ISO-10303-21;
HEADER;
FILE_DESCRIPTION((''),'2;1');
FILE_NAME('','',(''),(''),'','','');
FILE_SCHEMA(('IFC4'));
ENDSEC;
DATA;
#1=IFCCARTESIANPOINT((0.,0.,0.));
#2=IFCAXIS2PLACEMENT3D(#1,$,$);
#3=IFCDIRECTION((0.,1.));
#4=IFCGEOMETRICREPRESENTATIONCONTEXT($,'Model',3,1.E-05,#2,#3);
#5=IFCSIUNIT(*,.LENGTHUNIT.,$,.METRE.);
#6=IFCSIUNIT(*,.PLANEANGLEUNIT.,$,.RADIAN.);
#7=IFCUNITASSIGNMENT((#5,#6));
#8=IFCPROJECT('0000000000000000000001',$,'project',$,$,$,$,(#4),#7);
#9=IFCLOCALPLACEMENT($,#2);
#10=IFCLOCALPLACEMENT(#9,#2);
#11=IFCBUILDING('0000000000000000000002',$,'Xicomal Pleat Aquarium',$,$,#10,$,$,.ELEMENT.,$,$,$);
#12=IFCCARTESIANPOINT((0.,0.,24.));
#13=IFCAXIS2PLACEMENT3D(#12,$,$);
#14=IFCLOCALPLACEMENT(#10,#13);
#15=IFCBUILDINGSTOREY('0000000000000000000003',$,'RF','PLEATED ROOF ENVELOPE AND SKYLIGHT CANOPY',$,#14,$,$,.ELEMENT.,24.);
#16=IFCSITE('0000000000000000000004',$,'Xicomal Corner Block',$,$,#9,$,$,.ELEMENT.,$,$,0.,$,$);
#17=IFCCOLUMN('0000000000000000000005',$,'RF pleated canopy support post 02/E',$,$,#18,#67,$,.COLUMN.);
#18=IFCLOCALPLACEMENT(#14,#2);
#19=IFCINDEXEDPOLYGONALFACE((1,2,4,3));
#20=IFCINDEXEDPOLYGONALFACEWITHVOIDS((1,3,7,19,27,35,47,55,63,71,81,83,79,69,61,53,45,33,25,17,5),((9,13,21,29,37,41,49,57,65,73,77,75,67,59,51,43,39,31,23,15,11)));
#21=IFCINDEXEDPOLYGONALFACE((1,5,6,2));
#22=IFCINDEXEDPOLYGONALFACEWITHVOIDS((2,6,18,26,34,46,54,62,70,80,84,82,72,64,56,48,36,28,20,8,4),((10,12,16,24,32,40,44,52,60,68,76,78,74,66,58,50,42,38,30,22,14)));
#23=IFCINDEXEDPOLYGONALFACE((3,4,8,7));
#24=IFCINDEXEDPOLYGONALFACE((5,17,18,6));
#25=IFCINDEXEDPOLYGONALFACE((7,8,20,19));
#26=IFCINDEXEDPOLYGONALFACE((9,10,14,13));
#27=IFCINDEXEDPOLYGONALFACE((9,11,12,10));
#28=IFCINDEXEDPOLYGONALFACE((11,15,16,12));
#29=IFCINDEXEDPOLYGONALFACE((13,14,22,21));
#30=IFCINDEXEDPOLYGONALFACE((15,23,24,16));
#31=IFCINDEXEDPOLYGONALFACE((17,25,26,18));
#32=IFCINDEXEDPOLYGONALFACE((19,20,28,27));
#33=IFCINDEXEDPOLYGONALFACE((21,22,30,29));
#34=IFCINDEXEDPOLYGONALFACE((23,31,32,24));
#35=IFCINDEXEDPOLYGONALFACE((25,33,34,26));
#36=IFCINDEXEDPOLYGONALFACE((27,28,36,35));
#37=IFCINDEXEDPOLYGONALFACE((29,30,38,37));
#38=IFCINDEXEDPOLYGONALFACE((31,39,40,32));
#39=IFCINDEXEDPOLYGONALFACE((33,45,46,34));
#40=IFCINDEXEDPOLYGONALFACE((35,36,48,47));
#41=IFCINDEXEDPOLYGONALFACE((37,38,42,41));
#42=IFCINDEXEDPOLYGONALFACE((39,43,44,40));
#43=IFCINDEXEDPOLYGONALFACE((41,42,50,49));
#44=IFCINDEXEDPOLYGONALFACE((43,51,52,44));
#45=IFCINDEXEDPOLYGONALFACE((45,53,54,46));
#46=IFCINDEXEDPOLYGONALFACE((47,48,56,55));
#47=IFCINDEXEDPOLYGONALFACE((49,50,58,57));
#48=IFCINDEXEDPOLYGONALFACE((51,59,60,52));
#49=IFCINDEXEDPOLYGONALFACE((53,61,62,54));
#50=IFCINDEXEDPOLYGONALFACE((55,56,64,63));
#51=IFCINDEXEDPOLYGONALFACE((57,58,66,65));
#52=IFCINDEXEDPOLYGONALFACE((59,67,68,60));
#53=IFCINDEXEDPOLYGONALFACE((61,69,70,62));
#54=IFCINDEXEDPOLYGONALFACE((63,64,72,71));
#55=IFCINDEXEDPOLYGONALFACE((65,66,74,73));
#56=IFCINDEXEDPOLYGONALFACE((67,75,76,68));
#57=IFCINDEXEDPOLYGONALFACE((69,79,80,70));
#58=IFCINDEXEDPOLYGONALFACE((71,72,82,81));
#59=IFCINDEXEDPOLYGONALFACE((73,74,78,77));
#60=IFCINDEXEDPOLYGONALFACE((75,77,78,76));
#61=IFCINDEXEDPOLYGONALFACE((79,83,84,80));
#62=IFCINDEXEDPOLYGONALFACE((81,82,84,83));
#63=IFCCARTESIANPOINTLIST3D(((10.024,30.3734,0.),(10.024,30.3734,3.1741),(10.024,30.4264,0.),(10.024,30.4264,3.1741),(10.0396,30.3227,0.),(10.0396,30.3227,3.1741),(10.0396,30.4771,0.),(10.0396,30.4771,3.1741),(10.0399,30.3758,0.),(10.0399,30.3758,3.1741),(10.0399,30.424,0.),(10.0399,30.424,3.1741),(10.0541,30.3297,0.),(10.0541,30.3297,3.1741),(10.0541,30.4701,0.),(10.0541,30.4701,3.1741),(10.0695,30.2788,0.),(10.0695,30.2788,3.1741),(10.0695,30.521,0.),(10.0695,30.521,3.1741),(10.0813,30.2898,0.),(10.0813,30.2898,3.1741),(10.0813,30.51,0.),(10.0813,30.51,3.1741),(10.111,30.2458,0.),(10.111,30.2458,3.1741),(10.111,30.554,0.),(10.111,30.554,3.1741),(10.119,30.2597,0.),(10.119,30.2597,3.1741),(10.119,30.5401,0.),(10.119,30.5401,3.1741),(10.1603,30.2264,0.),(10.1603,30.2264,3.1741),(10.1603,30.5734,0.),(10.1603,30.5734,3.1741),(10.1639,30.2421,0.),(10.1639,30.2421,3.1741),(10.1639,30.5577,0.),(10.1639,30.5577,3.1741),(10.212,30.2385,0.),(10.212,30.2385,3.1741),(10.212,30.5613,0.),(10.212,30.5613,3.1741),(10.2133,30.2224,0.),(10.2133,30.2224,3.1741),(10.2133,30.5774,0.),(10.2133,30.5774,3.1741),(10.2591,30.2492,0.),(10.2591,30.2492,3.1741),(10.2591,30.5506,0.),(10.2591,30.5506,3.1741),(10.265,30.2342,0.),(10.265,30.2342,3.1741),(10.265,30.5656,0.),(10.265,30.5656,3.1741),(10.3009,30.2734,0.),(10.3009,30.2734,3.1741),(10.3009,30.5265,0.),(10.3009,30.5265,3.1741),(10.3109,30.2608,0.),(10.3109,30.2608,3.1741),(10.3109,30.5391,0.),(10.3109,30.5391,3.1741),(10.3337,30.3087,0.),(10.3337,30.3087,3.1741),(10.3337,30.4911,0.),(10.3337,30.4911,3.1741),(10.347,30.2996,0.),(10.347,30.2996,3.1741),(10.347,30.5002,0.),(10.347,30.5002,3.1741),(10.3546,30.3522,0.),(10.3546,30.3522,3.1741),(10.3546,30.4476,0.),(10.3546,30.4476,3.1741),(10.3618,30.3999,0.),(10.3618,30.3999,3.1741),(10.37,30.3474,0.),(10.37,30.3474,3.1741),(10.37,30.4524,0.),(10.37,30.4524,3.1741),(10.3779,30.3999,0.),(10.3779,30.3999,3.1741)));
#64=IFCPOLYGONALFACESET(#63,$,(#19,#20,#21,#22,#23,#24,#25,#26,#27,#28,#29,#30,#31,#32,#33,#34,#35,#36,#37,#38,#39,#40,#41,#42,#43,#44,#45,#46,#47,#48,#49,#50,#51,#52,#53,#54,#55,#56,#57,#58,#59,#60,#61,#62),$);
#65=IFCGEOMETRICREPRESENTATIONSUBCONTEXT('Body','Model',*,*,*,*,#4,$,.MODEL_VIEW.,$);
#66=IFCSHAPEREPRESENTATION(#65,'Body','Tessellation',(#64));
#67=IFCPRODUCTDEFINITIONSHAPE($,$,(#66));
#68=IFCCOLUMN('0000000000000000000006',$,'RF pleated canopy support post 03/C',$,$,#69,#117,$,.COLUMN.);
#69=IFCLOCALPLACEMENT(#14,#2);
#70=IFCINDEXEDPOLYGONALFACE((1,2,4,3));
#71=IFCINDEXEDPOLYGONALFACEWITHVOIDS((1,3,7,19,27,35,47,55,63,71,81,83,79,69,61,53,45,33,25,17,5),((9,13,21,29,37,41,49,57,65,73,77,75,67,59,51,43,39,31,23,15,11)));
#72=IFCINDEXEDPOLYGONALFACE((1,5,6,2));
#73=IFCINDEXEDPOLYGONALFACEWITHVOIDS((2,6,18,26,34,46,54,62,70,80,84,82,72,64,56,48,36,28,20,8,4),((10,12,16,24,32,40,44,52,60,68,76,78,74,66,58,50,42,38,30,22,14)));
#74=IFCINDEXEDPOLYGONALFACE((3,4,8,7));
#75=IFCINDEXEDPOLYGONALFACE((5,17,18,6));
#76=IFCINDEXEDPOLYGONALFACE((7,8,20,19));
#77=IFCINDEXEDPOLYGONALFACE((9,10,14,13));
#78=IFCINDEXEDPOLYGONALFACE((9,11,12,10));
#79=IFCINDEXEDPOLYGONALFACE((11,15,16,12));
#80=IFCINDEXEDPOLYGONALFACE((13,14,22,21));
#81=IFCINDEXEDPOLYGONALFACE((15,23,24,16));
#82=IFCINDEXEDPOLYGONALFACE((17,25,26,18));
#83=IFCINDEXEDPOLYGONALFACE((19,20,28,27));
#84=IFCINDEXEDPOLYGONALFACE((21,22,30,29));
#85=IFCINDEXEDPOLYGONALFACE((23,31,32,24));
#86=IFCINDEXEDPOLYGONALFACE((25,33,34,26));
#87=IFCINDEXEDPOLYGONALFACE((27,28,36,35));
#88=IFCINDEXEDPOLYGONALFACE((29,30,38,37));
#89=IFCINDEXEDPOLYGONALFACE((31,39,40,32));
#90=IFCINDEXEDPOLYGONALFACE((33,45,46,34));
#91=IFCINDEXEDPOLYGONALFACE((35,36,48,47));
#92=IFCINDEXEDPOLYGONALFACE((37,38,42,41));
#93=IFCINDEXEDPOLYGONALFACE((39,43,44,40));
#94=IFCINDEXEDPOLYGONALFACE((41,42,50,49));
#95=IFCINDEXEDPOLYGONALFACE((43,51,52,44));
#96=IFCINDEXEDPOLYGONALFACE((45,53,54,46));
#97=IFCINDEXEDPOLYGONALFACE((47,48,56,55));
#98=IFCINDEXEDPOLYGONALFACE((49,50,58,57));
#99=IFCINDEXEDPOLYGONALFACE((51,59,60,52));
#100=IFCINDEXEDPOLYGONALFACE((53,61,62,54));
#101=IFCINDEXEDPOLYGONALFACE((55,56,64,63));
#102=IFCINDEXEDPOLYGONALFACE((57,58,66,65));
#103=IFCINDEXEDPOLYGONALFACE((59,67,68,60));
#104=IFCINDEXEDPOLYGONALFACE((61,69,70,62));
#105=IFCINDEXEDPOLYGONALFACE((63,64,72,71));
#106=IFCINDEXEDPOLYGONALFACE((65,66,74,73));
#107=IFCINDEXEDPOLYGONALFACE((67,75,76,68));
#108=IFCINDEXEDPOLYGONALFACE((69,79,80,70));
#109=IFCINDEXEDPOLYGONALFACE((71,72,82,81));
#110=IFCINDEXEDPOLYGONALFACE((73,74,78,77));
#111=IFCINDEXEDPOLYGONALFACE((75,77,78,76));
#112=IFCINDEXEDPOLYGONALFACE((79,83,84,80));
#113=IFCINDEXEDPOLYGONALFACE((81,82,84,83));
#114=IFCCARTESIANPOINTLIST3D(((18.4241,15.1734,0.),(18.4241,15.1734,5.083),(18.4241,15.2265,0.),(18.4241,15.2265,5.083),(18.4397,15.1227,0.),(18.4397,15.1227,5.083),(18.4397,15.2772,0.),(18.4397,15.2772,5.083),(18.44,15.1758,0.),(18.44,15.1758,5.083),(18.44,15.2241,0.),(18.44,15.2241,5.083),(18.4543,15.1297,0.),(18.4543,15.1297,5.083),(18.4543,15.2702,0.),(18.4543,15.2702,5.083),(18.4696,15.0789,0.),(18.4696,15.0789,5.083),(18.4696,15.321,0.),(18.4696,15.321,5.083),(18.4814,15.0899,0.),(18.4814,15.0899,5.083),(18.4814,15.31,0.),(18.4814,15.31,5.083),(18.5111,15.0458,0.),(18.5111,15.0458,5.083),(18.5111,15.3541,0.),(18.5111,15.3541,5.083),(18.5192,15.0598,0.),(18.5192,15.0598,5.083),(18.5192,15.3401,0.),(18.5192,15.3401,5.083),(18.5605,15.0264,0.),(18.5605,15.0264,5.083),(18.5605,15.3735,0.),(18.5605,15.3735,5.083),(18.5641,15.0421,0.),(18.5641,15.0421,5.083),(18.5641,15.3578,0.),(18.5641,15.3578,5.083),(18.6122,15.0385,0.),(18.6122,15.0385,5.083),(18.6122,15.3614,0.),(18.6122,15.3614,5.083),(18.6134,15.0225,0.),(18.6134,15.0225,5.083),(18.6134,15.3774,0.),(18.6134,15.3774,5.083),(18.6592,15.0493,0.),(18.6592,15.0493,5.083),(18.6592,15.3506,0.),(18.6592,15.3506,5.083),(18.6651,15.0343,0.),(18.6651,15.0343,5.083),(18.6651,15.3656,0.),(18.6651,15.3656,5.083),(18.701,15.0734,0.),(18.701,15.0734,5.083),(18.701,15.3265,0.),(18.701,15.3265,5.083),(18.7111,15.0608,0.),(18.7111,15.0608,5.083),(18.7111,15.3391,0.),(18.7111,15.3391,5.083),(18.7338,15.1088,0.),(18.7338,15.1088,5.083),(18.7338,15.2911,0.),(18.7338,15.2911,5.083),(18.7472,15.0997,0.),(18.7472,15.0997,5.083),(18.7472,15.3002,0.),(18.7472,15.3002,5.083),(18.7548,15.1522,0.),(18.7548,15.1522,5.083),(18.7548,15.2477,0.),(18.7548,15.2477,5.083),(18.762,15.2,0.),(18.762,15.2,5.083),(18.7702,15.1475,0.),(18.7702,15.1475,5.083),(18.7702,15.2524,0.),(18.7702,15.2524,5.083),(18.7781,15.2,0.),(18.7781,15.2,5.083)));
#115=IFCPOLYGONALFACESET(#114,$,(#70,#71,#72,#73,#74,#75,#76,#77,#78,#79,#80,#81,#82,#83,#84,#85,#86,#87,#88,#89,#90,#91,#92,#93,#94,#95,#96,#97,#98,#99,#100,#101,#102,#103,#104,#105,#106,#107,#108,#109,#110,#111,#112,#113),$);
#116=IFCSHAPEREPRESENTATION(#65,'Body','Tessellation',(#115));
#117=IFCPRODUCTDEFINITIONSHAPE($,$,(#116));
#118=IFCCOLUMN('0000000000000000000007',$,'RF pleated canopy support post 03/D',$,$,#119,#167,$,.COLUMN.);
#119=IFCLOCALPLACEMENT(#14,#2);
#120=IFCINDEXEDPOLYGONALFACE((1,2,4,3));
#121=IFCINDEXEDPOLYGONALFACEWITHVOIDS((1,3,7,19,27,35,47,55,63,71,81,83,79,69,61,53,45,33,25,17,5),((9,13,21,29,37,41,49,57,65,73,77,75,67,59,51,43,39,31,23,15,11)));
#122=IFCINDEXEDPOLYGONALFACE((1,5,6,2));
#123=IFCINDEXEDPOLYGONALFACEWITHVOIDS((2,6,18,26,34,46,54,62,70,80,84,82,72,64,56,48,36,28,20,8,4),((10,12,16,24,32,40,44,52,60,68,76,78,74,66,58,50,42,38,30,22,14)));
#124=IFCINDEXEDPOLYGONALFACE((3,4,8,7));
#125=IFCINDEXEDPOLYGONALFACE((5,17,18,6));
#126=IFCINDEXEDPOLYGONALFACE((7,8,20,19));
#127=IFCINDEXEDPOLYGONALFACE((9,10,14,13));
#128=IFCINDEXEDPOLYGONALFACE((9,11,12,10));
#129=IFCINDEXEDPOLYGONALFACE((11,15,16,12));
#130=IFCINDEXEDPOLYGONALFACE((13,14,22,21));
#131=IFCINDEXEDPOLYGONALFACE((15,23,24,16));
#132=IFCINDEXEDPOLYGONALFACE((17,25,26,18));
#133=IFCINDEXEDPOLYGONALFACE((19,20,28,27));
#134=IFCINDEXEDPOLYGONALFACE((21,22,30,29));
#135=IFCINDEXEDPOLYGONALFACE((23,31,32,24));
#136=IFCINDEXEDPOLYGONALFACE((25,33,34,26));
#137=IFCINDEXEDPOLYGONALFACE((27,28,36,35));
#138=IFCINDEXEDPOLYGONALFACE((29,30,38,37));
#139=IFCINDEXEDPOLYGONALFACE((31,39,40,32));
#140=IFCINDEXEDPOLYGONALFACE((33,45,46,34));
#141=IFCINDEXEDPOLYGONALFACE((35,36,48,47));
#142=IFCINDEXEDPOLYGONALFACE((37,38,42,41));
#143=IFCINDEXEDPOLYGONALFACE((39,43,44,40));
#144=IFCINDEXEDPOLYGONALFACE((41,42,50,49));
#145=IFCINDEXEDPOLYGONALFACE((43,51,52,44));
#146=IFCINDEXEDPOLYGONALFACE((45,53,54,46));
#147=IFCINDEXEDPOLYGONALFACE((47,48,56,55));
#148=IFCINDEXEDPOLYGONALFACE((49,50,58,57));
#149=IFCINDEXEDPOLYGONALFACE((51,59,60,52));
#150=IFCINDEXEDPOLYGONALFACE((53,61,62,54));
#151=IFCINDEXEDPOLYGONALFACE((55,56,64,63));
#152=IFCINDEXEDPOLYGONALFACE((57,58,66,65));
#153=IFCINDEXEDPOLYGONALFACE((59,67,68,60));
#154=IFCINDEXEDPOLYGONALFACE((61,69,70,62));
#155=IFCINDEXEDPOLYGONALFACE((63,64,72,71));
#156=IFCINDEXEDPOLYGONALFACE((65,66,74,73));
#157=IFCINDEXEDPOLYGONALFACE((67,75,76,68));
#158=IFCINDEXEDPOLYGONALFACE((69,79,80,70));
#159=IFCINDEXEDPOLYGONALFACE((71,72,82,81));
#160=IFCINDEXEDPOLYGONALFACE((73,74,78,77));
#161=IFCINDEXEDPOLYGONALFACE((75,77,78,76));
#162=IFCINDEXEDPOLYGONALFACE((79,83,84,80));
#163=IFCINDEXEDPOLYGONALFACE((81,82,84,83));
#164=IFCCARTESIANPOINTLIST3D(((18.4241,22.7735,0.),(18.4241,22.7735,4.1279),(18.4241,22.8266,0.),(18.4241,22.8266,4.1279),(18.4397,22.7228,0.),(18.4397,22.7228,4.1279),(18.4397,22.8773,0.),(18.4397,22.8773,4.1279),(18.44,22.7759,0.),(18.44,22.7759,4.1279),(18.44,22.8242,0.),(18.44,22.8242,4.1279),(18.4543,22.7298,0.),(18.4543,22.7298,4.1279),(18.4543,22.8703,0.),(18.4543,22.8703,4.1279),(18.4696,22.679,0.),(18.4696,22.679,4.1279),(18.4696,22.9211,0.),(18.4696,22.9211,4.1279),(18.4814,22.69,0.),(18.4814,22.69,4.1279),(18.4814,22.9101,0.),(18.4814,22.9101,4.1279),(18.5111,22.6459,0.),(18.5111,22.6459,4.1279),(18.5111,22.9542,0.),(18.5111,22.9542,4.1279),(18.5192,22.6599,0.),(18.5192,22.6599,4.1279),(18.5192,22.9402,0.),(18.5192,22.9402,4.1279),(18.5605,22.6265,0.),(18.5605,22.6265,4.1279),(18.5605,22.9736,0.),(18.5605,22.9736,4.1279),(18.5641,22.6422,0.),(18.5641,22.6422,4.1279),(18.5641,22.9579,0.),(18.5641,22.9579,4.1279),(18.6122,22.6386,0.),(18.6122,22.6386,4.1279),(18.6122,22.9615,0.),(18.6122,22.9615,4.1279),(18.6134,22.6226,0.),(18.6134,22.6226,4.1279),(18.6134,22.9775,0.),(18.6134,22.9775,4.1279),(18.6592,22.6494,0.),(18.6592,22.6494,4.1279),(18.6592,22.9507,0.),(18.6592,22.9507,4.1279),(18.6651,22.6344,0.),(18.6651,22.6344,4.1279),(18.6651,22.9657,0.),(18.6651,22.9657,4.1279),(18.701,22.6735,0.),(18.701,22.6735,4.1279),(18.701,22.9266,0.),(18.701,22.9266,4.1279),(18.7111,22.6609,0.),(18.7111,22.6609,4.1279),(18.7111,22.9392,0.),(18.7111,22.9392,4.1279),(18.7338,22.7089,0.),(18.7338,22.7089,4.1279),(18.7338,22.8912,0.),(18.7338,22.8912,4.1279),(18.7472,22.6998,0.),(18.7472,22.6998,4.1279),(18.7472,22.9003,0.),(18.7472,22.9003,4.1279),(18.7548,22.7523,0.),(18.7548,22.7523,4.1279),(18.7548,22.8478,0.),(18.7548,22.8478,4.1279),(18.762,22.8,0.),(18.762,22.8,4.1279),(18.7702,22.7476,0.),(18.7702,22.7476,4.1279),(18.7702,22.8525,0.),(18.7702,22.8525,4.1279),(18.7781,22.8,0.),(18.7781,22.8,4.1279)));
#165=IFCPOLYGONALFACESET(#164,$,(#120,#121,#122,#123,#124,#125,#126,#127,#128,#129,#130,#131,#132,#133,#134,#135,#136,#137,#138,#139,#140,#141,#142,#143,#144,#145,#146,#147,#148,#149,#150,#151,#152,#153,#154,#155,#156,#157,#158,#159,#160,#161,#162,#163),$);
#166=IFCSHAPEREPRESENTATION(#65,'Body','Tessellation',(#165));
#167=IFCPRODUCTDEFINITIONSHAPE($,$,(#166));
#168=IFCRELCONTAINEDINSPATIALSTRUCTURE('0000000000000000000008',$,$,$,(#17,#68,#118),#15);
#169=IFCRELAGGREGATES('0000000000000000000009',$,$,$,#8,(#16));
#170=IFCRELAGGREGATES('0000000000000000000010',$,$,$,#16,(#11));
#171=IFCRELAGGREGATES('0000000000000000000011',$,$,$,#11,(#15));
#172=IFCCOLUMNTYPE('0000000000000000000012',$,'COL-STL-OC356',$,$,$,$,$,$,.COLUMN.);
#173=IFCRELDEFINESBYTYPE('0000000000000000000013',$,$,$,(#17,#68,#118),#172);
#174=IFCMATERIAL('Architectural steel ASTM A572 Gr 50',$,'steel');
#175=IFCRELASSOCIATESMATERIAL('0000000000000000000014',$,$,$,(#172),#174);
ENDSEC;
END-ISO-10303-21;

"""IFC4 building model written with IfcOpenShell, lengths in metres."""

from ifc_helpers import new_model, si_unit, direction, frame, origin, origin_2d, place, context, subcontext, project, spatial, hollow_circle, extrude, material, material_profile, profile_set, type_object, element, save


model = new_model("IFC4")

# Units and contexts
model_context = context("Model", 3, precision=1e-05, world=origin(), true_north=direction((0.0, 1.0)))
body_context = subcontext(model_context, "Body", "Model", "MODEL_VIEW")
ifc_project = project(units=[si_unit("LENGTHUNIT", "METRE"), si_unit("PLANEANGLEUNIT", "RADIAN")], contexts=[model_context])

# Site, building, storey
site_placement = place(None, origin())
site = spatial("IfcSite", under=ifc_project, at=site_placement, Name="Xicomal Corner Block", CompositionType="ELEMENT", RefElevation=0.0)
building_placement = place(site_placement, origin())
building = spatial("IfcBuilding", under=site, at=building_placement, Name="Xicomal Pleat Aquarium", CompositionType="ELEMENT")
storey_placement = place(building_placement, frame((0.0, 0.0, 24.0)))
storey = spatial("IfcBuildingStorey", under=building, at=storey_placement, Name="RF", Description="PLEATED ROOF ENVELOPE AND SKYLIGHT CANOPY", CompositionType="ELEMENT", Elevation=24.0)

# Columns
ifc_material_1 = material(Name="Architectural steel ASTM A572 Gr 50", Category="steel")
ifc_material_profile_1 = material_profile(ifc_material_1, hollow_circle(Radius=0.178, WallThickness=0.0161, at=origin_2d()), Name="OC 356x16")
ifc_profile_set_1 = profile_set([ifc_material_profile_1], Name="Architectural steel ASTM A572 Gr 50")
column_type = type_object("IfcColumnType", Name="COL-STL-OC356", PredefinedType="COLUMN", material=ifc_profile_set_1)
column_1_placement = place(storey_placement, frame((10.2, 30.3999, 0.0), z_axis=(0.0, 0.0, 1.0), x_axis=(1.0, 0.0, 0.0)))
element("IfcColumn", 1, at=column_1_placement, inside=storey, type_object=column_type, Name="RF pleated canopy support post 02/E", PredefinedType="COLUMN", context=body_context, shape_type="SweptSolid", body=[
    extrude(hollow_circle(Radius=0.178, WallThickness=0.0161, at=origin_2d()), origin(), (0.0, 0.0, 1.0), 3.1741),
])
column_2_placement = place(storey_placement, frame((18.6001, 15.2, 0.0), z_axis=(0.0, 0.0, 1.0), x_axis=(1.0, 0.0, 0.0)))
element("IfcColumn", 2, at=column_2_placement, inside=storey, type_object=column_type, Name="RF pleated canopy support post 03/C", PredefinedType="COLUMN", context=body_context, shape_type="SweptSolid", body=[
    extrude(hollow_circle(Radius=0.178, WallThickness=0.0161, at=origin_2d()), origin(), (0.0, 0.0, 1.0), 5.083),
])
column_3_placement = place(storey_placement, frame((18.6001, 22.8, 0.0), z_axis=(0.0, 0.0, 1.0), x_axis=(1.0, 0.0, 0.0)))
element("IfcColumn", 3, at=column_3_placement, inside=storey, type_object=column_type, Name="RF pleated canopy support post 03/D", PredefinedType="COLUMN", context=body_context, shape_type="SweptSolid", body=[
    extrude(hollow_circle(Radius=0.178, WallThickness=0.0161, at=origin_2d()), origin(), (0.0, 0.0, 1.0), 4.1279),
])

save(model, "model.ifc")
